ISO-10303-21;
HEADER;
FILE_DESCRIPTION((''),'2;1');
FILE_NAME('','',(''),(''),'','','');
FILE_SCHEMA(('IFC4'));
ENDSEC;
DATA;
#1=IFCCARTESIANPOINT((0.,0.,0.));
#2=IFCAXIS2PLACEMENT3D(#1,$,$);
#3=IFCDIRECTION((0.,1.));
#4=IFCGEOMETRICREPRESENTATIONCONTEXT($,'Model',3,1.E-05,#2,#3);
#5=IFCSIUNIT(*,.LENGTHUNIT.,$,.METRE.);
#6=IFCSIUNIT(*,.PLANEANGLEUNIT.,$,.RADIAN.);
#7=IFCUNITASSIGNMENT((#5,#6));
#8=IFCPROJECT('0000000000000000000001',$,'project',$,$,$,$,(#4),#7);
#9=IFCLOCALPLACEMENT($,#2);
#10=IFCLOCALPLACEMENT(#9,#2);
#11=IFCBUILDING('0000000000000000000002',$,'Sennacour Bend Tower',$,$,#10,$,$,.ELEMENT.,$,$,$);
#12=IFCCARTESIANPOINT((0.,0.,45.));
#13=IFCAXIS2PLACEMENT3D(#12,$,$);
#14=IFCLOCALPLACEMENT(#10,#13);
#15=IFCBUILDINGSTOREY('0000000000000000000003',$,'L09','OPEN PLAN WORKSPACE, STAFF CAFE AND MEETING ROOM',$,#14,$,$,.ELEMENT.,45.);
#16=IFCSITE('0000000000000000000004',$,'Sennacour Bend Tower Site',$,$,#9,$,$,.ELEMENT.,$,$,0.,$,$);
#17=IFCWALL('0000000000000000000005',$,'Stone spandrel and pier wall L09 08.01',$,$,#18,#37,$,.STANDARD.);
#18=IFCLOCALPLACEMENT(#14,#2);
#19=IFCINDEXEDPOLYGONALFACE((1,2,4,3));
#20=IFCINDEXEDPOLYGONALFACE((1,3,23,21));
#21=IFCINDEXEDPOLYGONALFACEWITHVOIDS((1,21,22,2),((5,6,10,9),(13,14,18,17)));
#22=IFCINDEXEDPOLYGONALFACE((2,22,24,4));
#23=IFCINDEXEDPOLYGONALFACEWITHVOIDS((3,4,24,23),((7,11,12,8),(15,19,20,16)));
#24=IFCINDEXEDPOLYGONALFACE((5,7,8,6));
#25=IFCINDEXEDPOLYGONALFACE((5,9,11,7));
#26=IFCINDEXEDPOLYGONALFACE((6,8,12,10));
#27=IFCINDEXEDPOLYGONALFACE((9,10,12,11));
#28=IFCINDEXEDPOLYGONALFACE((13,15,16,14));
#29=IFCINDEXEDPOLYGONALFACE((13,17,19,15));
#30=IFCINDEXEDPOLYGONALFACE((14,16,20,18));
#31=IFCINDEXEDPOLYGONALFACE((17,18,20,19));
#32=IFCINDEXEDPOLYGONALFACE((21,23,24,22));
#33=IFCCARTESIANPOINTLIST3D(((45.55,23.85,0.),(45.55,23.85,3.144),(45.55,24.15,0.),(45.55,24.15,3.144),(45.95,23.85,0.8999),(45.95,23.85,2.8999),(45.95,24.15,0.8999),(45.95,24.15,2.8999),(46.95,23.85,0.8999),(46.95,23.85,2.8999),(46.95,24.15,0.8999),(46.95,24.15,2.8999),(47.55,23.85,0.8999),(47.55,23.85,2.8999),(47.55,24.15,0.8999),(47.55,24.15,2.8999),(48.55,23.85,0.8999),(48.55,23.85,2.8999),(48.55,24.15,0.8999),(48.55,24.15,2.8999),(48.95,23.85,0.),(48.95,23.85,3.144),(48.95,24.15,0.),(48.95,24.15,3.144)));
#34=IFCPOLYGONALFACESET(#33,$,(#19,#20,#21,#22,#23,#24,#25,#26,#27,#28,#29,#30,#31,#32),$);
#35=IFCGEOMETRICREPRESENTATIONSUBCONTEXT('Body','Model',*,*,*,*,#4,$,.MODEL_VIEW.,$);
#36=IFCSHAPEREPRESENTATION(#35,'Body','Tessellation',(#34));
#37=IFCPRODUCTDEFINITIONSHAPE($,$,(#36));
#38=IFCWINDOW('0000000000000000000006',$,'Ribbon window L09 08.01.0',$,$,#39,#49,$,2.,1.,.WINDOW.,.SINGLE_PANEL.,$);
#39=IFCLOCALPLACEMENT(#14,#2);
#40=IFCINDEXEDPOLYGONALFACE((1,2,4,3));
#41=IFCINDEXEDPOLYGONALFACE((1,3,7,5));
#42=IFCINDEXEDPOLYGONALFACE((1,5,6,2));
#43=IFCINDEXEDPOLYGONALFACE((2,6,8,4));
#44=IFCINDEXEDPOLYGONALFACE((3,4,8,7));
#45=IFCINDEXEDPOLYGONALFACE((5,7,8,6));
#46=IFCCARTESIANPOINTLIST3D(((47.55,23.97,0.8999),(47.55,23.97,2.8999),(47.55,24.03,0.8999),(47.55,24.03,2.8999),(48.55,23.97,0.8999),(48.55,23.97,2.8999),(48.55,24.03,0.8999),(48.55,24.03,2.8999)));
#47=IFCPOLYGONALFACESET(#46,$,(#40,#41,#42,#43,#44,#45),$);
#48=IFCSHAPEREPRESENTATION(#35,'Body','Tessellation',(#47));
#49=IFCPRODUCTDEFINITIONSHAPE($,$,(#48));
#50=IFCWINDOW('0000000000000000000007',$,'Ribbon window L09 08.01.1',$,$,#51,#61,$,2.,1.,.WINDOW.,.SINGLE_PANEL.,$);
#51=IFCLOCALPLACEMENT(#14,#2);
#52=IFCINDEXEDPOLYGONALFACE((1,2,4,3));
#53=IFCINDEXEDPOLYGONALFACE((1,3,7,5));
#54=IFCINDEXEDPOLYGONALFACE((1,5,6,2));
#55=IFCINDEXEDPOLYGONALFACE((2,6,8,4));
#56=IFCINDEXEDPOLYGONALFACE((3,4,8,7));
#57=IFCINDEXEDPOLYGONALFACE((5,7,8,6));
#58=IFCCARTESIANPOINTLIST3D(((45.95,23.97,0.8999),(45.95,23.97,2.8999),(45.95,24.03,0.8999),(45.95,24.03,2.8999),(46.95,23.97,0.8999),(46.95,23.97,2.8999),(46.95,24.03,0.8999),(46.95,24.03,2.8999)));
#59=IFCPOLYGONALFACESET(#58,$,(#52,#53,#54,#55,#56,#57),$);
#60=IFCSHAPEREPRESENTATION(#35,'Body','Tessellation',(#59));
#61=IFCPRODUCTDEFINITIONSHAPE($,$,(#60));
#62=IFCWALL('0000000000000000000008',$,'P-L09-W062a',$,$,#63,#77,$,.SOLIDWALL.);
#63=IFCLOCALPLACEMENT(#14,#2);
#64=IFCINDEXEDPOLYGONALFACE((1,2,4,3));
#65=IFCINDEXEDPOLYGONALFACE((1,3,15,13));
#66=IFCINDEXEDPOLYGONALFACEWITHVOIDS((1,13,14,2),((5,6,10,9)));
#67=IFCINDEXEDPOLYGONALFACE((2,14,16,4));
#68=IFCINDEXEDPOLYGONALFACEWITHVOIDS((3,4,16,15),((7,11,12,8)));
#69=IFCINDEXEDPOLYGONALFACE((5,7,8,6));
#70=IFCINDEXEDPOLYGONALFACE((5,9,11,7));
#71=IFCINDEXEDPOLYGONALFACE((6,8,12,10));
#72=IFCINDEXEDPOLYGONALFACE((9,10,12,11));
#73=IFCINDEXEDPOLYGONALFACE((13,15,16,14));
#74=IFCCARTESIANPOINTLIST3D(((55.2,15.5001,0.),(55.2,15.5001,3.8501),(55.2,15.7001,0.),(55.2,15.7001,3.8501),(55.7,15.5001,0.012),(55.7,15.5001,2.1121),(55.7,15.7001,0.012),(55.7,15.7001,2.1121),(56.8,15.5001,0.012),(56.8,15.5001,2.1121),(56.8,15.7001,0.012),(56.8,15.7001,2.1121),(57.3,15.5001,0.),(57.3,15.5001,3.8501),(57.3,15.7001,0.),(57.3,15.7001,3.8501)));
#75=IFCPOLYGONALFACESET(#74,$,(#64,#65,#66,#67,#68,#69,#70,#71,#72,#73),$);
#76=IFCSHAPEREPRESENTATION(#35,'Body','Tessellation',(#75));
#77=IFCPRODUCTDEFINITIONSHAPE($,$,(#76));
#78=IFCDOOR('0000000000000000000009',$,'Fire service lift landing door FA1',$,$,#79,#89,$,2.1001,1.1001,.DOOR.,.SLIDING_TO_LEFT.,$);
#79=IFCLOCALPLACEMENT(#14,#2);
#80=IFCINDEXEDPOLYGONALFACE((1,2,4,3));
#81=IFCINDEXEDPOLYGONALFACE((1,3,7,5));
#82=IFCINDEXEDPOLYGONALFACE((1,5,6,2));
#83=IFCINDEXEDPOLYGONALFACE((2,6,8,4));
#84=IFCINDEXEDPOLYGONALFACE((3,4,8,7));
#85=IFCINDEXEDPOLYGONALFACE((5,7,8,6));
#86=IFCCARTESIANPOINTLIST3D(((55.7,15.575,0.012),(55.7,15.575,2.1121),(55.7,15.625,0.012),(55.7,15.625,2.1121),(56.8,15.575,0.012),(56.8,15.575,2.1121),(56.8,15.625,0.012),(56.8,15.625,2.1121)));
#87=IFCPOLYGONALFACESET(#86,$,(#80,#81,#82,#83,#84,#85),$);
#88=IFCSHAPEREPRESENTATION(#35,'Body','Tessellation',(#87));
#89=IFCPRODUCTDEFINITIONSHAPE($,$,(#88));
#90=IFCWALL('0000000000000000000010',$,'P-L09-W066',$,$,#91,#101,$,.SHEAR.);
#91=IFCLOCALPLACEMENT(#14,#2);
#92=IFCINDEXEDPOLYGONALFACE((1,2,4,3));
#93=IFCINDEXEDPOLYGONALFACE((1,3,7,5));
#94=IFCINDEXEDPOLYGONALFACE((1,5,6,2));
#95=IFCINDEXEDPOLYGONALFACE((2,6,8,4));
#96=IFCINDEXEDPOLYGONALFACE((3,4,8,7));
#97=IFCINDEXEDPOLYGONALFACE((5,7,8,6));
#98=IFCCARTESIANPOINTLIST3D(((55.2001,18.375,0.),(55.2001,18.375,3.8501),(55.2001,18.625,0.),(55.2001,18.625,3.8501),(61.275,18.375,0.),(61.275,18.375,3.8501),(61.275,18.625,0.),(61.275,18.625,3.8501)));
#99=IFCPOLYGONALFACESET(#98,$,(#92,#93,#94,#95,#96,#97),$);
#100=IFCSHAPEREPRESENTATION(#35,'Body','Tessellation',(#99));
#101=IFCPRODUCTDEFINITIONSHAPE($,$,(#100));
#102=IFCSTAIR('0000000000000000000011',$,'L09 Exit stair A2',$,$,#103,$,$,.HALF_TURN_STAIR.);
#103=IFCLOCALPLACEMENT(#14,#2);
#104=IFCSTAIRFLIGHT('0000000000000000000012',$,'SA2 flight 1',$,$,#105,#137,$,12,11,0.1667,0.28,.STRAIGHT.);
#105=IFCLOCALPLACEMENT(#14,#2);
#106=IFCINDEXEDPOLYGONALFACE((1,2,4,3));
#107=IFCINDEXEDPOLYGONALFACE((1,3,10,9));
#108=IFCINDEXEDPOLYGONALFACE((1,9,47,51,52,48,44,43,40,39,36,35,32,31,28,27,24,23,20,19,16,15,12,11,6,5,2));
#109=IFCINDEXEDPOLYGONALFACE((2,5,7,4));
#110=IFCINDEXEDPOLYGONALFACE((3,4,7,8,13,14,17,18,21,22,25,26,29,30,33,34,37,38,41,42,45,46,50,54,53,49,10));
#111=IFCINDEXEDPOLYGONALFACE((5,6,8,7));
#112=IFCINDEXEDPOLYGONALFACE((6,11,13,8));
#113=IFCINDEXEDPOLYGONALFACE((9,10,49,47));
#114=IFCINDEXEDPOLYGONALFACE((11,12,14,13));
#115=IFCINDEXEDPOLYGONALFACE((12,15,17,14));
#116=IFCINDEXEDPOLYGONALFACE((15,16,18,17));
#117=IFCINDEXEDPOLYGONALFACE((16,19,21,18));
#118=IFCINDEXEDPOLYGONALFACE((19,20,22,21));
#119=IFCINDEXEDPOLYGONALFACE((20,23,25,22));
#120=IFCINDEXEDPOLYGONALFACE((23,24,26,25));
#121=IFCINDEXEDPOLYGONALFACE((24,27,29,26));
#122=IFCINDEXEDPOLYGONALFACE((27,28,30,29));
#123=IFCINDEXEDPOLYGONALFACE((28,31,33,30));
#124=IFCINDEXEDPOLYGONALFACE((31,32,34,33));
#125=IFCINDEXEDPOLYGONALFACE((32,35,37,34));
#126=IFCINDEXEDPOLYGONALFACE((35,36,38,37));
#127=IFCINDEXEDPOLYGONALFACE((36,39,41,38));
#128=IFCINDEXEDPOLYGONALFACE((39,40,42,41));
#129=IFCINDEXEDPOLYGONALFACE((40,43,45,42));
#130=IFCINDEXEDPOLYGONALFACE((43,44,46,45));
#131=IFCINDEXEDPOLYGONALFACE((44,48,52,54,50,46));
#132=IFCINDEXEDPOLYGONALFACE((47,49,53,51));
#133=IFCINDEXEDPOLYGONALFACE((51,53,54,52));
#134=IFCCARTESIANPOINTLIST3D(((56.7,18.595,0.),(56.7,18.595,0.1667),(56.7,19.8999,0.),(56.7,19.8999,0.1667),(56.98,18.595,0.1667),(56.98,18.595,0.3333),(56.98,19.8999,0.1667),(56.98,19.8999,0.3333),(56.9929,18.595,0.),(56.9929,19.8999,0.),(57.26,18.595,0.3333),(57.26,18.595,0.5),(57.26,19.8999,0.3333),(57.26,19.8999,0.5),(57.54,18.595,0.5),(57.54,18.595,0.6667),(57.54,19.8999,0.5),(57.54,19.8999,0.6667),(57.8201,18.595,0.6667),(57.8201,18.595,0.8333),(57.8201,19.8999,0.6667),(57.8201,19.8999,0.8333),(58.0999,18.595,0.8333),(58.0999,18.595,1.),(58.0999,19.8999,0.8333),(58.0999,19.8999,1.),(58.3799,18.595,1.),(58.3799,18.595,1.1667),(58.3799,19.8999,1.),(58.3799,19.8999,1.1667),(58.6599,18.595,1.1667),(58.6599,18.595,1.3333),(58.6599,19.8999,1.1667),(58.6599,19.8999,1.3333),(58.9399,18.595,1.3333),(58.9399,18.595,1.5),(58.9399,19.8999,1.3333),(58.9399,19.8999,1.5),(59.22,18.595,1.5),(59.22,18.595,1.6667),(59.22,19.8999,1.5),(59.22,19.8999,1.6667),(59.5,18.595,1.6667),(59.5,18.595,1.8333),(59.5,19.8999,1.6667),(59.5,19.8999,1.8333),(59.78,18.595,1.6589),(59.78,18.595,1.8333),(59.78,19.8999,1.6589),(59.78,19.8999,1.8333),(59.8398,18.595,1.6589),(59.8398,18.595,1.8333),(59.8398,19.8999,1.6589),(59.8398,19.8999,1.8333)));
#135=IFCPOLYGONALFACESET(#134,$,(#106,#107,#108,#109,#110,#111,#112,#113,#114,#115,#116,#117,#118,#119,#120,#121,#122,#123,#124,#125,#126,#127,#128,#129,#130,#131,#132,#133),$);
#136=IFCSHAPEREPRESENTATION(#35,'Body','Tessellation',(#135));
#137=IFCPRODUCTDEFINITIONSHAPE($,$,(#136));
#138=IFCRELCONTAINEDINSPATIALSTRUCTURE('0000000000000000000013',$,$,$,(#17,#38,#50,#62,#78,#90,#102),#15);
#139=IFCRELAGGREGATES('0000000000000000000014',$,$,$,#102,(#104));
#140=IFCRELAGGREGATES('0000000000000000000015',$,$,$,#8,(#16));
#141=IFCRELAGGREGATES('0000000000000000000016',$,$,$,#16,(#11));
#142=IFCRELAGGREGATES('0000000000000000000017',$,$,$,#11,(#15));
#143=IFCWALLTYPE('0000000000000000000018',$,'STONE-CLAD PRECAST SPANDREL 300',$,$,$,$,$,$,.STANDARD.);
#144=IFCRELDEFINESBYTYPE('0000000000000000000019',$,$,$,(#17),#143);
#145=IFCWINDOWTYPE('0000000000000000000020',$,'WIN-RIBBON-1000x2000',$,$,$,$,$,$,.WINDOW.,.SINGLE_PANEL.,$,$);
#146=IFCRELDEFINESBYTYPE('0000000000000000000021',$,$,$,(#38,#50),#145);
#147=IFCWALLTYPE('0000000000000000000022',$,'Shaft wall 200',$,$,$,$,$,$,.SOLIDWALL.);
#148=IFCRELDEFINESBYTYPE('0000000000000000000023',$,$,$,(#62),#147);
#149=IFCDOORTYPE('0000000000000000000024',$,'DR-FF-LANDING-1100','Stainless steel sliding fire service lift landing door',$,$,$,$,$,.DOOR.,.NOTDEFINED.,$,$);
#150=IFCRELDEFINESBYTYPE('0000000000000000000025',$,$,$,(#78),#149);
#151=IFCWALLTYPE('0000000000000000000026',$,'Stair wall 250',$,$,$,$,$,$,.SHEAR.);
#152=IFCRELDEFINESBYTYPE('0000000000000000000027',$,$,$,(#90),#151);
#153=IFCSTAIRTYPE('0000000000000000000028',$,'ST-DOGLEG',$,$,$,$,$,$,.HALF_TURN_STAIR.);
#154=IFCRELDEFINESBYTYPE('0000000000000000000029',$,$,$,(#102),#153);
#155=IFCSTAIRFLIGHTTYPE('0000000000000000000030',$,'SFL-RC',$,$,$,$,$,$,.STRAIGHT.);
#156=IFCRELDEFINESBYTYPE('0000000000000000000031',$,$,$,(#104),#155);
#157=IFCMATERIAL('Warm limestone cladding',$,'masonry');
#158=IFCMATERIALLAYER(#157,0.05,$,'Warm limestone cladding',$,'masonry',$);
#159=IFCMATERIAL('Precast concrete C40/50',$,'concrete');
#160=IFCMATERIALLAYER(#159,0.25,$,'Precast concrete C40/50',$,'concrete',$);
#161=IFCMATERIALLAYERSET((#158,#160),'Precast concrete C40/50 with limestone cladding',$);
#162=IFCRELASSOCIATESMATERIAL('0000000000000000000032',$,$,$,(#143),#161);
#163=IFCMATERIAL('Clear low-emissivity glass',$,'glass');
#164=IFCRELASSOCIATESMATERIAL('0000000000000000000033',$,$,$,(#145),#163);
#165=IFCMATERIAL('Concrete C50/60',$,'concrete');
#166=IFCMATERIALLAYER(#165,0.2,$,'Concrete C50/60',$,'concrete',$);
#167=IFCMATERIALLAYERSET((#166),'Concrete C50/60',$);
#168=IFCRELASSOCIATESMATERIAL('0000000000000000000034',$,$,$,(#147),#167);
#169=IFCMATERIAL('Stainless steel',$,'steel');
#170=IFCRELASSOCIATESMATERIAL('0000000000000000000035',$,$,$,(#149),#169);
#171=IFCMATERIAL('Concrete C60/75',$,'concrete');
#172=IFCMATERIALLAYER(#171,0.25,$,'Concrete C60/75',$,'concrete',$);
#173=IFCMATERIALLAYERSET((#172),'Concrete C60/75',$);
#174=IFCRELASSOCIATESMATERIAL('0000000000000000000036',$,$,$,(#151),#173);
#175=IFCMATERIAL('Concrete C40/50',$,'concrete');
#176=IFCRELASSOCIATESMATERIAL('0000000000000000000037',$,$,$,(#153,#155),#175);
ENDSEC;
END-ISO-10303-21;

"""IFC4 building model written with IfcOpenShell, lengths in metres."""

from ifc_helpers import new_model, si_unit, direction, frame, frame_2d, origin, place, context, subcontext, project, spatial, polyline, rectangle, outline, extrude, material, layer, layer_set, type_object, element, fill, aggregate, save


model = new_model("IFC4")

# Units and contexts
model_context = context("Model", 3, precision=1e-05, world=origin(), true_north=direction((0.0, 1.0)))
body_context = subcontext(model_context, "Body", "Model", "MODEL_VIEW")
ifc_project = project(units=[si_unit("LENGTHUNIT", "METRE"), si_unit("PLANEANGLEUNIT", "RADIAN")], contexts=[model_context])

# Site, building, storey
site_placement = place(None, origin())
site = spatial("IfcSite", under=ifc_project, at=site_placement, Name="Sennacour Bend Tower Site", CompositionType="ELEMENT", RefElevation=0.0)
building_placement = place(site_placement, origin())
building = spatial("IfcBuilding", under=site, at=building_placement, Name="Sennacour Bend Tower", CompositionType="ELEMENT")
storey_placement = place(building_placement, frame((0.0, 0.0, 45.0)))
storey = spatial("IfcBuildingStorey", under=building, at=storey_placement, Name="L09", Description="OPEN PLAN WORKSPACE, STAFF CAFE AND MEETING ROOM", CompositionType="ELEMENT", Elevation=45.0)

# Shared definitions
ifc_material_1 = material(Name="Warm limestone cladding", Category="masonry")
ifc_layer_1 = layer(ifc_material_1, 0.05, Name="Warm limestone cladding", Category="masonry")
ifc_material_2 = material(Name="Precast concrete C40/50", Category="concrete")
ifc_layer_2 = layer(ifc_material_2, 0.25, Name="Precast concrete C40/50", Category="concrete")
ifc_layer_set_1 = layer_set([ifc_layer_1, ifc_layer_2], Name="Precast concrete C40/50 with limestone cladding")
wall_type_1 = type_object("IfcWallType", Name="STONE-CLAD PRECAST SPANDREL 300", PredefinedType="STANDARD", material=ifc_layer_set_1)

# Wall, openings, windows
ifc_material_3 = material(Name="Clear low-emissivity glass", Category="glass")
window_type = type_object("IfcWindowType", Name="WIN-RIBBON-1000x2000", PartitioningType="SINGLE_PANEL", PredefinedType="WINDOW", material=ifc_material_3)
wall_1_placement = place(storey_placement, frame((48.95, 24.0, 0.0), z_axis=(0.0, 0.0, 1.0), x_axis=(-1.0, 0.0, 0.0)))
wall_1 = element("IfcWall", 1, at=wall_1_placement, inside=storey, type_object=wall_type_1, Name="Stone spandrel and pier wall L09 08.01", PredefinedType="STANDARD", context=body_context, shape_type="SweptSolid", body=[
    extrude(rectangle(XDim=3.3999, YDim=0.3, at=frame_2d((1.7, 0.0))), origin(), (0.0, 0.0, 1.0), 3.144),
])
opening_1_placement = place(wall_1_placement, frame((0.3999, 0.0, 0.8999)))
opening_1 = element("IfcOpeningElement", 2, at=opening_1_placement, cuts=wall_1, PredefinedType="OPENING", context=body_context, shape_type="SweptSolid", body=[
    extrude(rectangle(XDim=1.0, YDim=2.0, at=frame_2d((0.5, 1.0))), frame((0.0, 0.1602, 0.0), z_axis=(0.0, -1.0, 0.0), x_axis=(1.0, 0.0, 0.0)), (0.0, 0.0, 1.0), 0.3201),
])
opening_2_placement = place(wall_1_placement, frame((2.0, 0.0, 0.8999)))
opening_2 = element("IfcOpeningElement", 3, at=opening_2_placement, cuts=wall_1, PredefinedType="OPENING", context=body_context, shape_type="SweptSolid", body=[
    extrude(rectangle(XDim=1.0, YDim=2.0, at=frame_2d((0.5, 1.0))), frame((0.0, 0.1602, 0.0), z_axis=(0.0, -1.0, 0.0), x_axis=(1.0, 0.0, 0.0)), (0.0, 0.0, 1.0), 0.3201),
])
window_1_placement = place(opening_1_placement, origin())
window_1 = element("IfcWindow", 4, at=window_1_placement, inside=storey, type_object=window_type, Name="Ribbon window L09 08.01.0", OverallHeight=2.0, OverallWidth=1.0, PartitioningType="SINGLE_PANEL", PredefinedType="WINDOW", context=body_context, shape_type="SweptSolid", body=[
    extrude(rectangle(XDim=1.0, YDim=2.0, at=frame_2d((0.5, 1.0))), frame((0.0, 0.03, 0.0), z_axis=(0.0, -1.0, 0.0), x_axis=(1.0, 0.0, 0.0)), (0.0, 0.0, 1.0), 0.0601),
])
fill(opening_1, window_1)
window_2_placement = place(opening_2_placement, origin())
window_2 = element("IfcWindow", 5, at=window_2_placement, inside=storey, type_object=window_type, Name="Ribbon window L09 08.01.1", OverallHeight=2.0, OverallWidth=1.0, PartitioningType="SINGLE_PANEL", PredefinedType="WINDOW", context=body_context, shape_type="SweptSolid", body=[
    extrude(rectangle(XDim=1.0, YDim=2.0, at=frame_2d((0.5, 1.0))), frame((0.0, 0.03, 0.0), z_axis=(0.0, -1.0, 0.0), x_axis=(1.0, 0.0, 0.0)), (0.0, 0.0, 1.0), 0.0601),
])
fill(opening_2, window_2)

# Wall, opening, door
ifc_material_4 = material(Name="Concrete C50/60", Category="concrete")
ifc_layer_3 = layer(ifc_material_4, 0.2, Name="Concrete C50/60", Category="concrete")
ifc_layer_set_2 = layer_set([ifc_layer_3], Name="Concrete C50/60")
wall_type_2 = type_object("IfcWallType", Name="Shaft wall 200", PredefinedType="SOLIDWALL", material=ifc_layer_set_2)
wall_2_placement = place(storey_placement, frame((55.2, 15.6001, 0.0), z_axis=(0.0, 0.0, 1.0), x_axis=(1.0, 0.0, 0.0)))
wall_2 = element("IfcWall", 6, at=wall_2_placement, inside=storey, type_object=wall_type_2, Name="P-L09-W062a", PredefinedType="SOLIDWALL", context=body_context, shape_type="SweptSolid", body=[
    extrude(rectangle(XDim=2.1001, YDim=0.2, at=frame_2d((1.05, 0.0))), origin(), (0.0, 0.0, 1.0), 3.8501),
])
opening_3_placement = place(wall_2_placement, frame((0.5, 0.0, 0.012)))
opening_3 = element("IfcOpeningElement", 7, at=opening_3_placement, cuts=wall_2, PredefinedType="OPENING", context=body_context, shape_type="SweptSolid", body=[
    extrude(rectangle(XDim=1.1001, YDim=2.1001, at=frame_2d((0.55, 1.05))), frame((0.0, 0.1099, 0.0), z_axis=(0.0, -1.0, 0.0), x_axis=(1.0, 0.0, 0.0)), (0.0, 0.0, 1.0), 0.22),
])
ifc_material_5 = material(Name="Stainless steel", Category="steel")
door_type = type_object("IfcDoorType", Name="DR-FF-LANDING-1100", Description="Stainless steel sliding fire service lift landing door", OperationType="NOTDEFINED", PredefinedType="DOOR", material=ifc_material_5)
door_placement = place(opening_3_placement, origin())
door = element("IfcDoor", 8, at=door_placement, inside=storey, type_object=door_type, Name="Fire service lift landing door FA1", OperationType="SLIDING_TO_LEFT", OverallHeight=2.1001, OverallWidth=1.1001, PredefinedType="DOOR", context=body_context, shape_type="SweptSolid", body=[
    extrude(rectangle(XDim=1.1001, YDim=2.1001, at=frame_2d((0.55, 1.05))), frame((0.0, 0.0249, 0.0), z_axis=(0.0, -1.0, 0.0), x_axis=(1.0, 0.0, 0.0)), (0.0, 0.0, 1.0), 0.05),
])
fill(opening_3, door)

# Wall
ifc_material_6 = material(Name="Concrete C60/75", Category="concrete")
ifc_layer_4 = layer(ifc_material_6, 0.25, Name="Concrete C60/75", Category="concrete")
ifc_layer_set_3 = layer_set([ifc_layer_4], Name="Concrete C60/75")
wall_type_3 = type_object("IfcWallType", Name="Stair wall 250", PredefinedType="SHEAR", material=ifc_layer_set_3)
wall_3_placement = place(storey_placement, frame((55.2, 18.5, 0.0), z_axis=(0.0, 0.0, 1.0), x_axis=(1.0, 0.0, 0.0)))
element("IfcWall", 9, at=wall_3_placement, inside=storey, type_object=wall_type_3, Name="P-L09-W066", PredefinedType="SHEAR", context=body_context, shape_type="SweptSolid", body=[
    extrude(rectangle(XDim=6.075, YDim=0.25, at=frame_2d((3.0376, 0.0))), origin(), (0.0, 0.0, 1.0), 3.8501),
])

# Stair, stair flight
ifc_material_7 = material(Name="Concrete C40/50", Category="concrete")
stair_type = type_object("IfcStairType", Name="ST-DOGLEG", PredefinedType="HALF_TURN_STAIR", material=ifc_material_7)
stair_placement = place(storey_placement, origin())
stair = element("IfcStair", 10, at=stair_placement, inside=storey, type_object=stair_type, Name="L09 Exit stair A2", PredefinedType="HALF_TURN_STAIR")
stair_flight_type = type_object("IfcStairFlightType", Name="SFL-RC", PredefinedType="STRAIGHT", material=ifc_material_7)
stair_flight_placement = place(storey_placement, frame((56.7, 19.2476, 0.0), z_axis=(0.0, 0.0, 1.0), x_axis=(1.0, 0.0, 0.0)))
stair_flight = element("IfcStairFlight", 11, at=stair_flight_placement, type_object=stair_flight_type, Name="SA2 flight 1", NumberOfRisers=12, NumberOfTreads=11, PredefinedType="STRAIGHT", RiserHeight=0.1667, TreadLength=0.28, context=body_context, shape_type="SweptSolid", body=[
    extrude(outline(polyline([(0.0, 0.0), (0.0, 0.1667), (0.28, 0.1667), (0.28, 0.3333), (0.5601, 0.3333), (0.5601, 0.5), (0.8401, 0.5), (0.8401, 0.6667), (1.1201, 0.6667), (1.1201, 0.8333), (1.3999, 0.8333), (1.3999, 1.0), (1.6799, 1.0), (1.6799, 1.1667), (1.96, 1.1667), (1.96, 1.3333), (2.24, 1.3333), (2.24, 1.5), (2.52, 1.5), (2.52, 1.6667), (2.8, 1.6667), (2.8, 1.8333), (3.0801, 1.8333), (3.1399, 1.8333), (3.1399, 1.6589), (3.0801, 1.6589), (0.293, 0.0), (0.0, 0.0)])), frame((0.0, 0.6523, 0.0), z_axis=(0.0, -1.0, 0.0), x_axis=(1.0, 0.0, 0.0)), (0.0, 0.0, 1.0), 1.3049),
])
aggregate(stair, [stair_flight])

save(model, "model.ifc")
